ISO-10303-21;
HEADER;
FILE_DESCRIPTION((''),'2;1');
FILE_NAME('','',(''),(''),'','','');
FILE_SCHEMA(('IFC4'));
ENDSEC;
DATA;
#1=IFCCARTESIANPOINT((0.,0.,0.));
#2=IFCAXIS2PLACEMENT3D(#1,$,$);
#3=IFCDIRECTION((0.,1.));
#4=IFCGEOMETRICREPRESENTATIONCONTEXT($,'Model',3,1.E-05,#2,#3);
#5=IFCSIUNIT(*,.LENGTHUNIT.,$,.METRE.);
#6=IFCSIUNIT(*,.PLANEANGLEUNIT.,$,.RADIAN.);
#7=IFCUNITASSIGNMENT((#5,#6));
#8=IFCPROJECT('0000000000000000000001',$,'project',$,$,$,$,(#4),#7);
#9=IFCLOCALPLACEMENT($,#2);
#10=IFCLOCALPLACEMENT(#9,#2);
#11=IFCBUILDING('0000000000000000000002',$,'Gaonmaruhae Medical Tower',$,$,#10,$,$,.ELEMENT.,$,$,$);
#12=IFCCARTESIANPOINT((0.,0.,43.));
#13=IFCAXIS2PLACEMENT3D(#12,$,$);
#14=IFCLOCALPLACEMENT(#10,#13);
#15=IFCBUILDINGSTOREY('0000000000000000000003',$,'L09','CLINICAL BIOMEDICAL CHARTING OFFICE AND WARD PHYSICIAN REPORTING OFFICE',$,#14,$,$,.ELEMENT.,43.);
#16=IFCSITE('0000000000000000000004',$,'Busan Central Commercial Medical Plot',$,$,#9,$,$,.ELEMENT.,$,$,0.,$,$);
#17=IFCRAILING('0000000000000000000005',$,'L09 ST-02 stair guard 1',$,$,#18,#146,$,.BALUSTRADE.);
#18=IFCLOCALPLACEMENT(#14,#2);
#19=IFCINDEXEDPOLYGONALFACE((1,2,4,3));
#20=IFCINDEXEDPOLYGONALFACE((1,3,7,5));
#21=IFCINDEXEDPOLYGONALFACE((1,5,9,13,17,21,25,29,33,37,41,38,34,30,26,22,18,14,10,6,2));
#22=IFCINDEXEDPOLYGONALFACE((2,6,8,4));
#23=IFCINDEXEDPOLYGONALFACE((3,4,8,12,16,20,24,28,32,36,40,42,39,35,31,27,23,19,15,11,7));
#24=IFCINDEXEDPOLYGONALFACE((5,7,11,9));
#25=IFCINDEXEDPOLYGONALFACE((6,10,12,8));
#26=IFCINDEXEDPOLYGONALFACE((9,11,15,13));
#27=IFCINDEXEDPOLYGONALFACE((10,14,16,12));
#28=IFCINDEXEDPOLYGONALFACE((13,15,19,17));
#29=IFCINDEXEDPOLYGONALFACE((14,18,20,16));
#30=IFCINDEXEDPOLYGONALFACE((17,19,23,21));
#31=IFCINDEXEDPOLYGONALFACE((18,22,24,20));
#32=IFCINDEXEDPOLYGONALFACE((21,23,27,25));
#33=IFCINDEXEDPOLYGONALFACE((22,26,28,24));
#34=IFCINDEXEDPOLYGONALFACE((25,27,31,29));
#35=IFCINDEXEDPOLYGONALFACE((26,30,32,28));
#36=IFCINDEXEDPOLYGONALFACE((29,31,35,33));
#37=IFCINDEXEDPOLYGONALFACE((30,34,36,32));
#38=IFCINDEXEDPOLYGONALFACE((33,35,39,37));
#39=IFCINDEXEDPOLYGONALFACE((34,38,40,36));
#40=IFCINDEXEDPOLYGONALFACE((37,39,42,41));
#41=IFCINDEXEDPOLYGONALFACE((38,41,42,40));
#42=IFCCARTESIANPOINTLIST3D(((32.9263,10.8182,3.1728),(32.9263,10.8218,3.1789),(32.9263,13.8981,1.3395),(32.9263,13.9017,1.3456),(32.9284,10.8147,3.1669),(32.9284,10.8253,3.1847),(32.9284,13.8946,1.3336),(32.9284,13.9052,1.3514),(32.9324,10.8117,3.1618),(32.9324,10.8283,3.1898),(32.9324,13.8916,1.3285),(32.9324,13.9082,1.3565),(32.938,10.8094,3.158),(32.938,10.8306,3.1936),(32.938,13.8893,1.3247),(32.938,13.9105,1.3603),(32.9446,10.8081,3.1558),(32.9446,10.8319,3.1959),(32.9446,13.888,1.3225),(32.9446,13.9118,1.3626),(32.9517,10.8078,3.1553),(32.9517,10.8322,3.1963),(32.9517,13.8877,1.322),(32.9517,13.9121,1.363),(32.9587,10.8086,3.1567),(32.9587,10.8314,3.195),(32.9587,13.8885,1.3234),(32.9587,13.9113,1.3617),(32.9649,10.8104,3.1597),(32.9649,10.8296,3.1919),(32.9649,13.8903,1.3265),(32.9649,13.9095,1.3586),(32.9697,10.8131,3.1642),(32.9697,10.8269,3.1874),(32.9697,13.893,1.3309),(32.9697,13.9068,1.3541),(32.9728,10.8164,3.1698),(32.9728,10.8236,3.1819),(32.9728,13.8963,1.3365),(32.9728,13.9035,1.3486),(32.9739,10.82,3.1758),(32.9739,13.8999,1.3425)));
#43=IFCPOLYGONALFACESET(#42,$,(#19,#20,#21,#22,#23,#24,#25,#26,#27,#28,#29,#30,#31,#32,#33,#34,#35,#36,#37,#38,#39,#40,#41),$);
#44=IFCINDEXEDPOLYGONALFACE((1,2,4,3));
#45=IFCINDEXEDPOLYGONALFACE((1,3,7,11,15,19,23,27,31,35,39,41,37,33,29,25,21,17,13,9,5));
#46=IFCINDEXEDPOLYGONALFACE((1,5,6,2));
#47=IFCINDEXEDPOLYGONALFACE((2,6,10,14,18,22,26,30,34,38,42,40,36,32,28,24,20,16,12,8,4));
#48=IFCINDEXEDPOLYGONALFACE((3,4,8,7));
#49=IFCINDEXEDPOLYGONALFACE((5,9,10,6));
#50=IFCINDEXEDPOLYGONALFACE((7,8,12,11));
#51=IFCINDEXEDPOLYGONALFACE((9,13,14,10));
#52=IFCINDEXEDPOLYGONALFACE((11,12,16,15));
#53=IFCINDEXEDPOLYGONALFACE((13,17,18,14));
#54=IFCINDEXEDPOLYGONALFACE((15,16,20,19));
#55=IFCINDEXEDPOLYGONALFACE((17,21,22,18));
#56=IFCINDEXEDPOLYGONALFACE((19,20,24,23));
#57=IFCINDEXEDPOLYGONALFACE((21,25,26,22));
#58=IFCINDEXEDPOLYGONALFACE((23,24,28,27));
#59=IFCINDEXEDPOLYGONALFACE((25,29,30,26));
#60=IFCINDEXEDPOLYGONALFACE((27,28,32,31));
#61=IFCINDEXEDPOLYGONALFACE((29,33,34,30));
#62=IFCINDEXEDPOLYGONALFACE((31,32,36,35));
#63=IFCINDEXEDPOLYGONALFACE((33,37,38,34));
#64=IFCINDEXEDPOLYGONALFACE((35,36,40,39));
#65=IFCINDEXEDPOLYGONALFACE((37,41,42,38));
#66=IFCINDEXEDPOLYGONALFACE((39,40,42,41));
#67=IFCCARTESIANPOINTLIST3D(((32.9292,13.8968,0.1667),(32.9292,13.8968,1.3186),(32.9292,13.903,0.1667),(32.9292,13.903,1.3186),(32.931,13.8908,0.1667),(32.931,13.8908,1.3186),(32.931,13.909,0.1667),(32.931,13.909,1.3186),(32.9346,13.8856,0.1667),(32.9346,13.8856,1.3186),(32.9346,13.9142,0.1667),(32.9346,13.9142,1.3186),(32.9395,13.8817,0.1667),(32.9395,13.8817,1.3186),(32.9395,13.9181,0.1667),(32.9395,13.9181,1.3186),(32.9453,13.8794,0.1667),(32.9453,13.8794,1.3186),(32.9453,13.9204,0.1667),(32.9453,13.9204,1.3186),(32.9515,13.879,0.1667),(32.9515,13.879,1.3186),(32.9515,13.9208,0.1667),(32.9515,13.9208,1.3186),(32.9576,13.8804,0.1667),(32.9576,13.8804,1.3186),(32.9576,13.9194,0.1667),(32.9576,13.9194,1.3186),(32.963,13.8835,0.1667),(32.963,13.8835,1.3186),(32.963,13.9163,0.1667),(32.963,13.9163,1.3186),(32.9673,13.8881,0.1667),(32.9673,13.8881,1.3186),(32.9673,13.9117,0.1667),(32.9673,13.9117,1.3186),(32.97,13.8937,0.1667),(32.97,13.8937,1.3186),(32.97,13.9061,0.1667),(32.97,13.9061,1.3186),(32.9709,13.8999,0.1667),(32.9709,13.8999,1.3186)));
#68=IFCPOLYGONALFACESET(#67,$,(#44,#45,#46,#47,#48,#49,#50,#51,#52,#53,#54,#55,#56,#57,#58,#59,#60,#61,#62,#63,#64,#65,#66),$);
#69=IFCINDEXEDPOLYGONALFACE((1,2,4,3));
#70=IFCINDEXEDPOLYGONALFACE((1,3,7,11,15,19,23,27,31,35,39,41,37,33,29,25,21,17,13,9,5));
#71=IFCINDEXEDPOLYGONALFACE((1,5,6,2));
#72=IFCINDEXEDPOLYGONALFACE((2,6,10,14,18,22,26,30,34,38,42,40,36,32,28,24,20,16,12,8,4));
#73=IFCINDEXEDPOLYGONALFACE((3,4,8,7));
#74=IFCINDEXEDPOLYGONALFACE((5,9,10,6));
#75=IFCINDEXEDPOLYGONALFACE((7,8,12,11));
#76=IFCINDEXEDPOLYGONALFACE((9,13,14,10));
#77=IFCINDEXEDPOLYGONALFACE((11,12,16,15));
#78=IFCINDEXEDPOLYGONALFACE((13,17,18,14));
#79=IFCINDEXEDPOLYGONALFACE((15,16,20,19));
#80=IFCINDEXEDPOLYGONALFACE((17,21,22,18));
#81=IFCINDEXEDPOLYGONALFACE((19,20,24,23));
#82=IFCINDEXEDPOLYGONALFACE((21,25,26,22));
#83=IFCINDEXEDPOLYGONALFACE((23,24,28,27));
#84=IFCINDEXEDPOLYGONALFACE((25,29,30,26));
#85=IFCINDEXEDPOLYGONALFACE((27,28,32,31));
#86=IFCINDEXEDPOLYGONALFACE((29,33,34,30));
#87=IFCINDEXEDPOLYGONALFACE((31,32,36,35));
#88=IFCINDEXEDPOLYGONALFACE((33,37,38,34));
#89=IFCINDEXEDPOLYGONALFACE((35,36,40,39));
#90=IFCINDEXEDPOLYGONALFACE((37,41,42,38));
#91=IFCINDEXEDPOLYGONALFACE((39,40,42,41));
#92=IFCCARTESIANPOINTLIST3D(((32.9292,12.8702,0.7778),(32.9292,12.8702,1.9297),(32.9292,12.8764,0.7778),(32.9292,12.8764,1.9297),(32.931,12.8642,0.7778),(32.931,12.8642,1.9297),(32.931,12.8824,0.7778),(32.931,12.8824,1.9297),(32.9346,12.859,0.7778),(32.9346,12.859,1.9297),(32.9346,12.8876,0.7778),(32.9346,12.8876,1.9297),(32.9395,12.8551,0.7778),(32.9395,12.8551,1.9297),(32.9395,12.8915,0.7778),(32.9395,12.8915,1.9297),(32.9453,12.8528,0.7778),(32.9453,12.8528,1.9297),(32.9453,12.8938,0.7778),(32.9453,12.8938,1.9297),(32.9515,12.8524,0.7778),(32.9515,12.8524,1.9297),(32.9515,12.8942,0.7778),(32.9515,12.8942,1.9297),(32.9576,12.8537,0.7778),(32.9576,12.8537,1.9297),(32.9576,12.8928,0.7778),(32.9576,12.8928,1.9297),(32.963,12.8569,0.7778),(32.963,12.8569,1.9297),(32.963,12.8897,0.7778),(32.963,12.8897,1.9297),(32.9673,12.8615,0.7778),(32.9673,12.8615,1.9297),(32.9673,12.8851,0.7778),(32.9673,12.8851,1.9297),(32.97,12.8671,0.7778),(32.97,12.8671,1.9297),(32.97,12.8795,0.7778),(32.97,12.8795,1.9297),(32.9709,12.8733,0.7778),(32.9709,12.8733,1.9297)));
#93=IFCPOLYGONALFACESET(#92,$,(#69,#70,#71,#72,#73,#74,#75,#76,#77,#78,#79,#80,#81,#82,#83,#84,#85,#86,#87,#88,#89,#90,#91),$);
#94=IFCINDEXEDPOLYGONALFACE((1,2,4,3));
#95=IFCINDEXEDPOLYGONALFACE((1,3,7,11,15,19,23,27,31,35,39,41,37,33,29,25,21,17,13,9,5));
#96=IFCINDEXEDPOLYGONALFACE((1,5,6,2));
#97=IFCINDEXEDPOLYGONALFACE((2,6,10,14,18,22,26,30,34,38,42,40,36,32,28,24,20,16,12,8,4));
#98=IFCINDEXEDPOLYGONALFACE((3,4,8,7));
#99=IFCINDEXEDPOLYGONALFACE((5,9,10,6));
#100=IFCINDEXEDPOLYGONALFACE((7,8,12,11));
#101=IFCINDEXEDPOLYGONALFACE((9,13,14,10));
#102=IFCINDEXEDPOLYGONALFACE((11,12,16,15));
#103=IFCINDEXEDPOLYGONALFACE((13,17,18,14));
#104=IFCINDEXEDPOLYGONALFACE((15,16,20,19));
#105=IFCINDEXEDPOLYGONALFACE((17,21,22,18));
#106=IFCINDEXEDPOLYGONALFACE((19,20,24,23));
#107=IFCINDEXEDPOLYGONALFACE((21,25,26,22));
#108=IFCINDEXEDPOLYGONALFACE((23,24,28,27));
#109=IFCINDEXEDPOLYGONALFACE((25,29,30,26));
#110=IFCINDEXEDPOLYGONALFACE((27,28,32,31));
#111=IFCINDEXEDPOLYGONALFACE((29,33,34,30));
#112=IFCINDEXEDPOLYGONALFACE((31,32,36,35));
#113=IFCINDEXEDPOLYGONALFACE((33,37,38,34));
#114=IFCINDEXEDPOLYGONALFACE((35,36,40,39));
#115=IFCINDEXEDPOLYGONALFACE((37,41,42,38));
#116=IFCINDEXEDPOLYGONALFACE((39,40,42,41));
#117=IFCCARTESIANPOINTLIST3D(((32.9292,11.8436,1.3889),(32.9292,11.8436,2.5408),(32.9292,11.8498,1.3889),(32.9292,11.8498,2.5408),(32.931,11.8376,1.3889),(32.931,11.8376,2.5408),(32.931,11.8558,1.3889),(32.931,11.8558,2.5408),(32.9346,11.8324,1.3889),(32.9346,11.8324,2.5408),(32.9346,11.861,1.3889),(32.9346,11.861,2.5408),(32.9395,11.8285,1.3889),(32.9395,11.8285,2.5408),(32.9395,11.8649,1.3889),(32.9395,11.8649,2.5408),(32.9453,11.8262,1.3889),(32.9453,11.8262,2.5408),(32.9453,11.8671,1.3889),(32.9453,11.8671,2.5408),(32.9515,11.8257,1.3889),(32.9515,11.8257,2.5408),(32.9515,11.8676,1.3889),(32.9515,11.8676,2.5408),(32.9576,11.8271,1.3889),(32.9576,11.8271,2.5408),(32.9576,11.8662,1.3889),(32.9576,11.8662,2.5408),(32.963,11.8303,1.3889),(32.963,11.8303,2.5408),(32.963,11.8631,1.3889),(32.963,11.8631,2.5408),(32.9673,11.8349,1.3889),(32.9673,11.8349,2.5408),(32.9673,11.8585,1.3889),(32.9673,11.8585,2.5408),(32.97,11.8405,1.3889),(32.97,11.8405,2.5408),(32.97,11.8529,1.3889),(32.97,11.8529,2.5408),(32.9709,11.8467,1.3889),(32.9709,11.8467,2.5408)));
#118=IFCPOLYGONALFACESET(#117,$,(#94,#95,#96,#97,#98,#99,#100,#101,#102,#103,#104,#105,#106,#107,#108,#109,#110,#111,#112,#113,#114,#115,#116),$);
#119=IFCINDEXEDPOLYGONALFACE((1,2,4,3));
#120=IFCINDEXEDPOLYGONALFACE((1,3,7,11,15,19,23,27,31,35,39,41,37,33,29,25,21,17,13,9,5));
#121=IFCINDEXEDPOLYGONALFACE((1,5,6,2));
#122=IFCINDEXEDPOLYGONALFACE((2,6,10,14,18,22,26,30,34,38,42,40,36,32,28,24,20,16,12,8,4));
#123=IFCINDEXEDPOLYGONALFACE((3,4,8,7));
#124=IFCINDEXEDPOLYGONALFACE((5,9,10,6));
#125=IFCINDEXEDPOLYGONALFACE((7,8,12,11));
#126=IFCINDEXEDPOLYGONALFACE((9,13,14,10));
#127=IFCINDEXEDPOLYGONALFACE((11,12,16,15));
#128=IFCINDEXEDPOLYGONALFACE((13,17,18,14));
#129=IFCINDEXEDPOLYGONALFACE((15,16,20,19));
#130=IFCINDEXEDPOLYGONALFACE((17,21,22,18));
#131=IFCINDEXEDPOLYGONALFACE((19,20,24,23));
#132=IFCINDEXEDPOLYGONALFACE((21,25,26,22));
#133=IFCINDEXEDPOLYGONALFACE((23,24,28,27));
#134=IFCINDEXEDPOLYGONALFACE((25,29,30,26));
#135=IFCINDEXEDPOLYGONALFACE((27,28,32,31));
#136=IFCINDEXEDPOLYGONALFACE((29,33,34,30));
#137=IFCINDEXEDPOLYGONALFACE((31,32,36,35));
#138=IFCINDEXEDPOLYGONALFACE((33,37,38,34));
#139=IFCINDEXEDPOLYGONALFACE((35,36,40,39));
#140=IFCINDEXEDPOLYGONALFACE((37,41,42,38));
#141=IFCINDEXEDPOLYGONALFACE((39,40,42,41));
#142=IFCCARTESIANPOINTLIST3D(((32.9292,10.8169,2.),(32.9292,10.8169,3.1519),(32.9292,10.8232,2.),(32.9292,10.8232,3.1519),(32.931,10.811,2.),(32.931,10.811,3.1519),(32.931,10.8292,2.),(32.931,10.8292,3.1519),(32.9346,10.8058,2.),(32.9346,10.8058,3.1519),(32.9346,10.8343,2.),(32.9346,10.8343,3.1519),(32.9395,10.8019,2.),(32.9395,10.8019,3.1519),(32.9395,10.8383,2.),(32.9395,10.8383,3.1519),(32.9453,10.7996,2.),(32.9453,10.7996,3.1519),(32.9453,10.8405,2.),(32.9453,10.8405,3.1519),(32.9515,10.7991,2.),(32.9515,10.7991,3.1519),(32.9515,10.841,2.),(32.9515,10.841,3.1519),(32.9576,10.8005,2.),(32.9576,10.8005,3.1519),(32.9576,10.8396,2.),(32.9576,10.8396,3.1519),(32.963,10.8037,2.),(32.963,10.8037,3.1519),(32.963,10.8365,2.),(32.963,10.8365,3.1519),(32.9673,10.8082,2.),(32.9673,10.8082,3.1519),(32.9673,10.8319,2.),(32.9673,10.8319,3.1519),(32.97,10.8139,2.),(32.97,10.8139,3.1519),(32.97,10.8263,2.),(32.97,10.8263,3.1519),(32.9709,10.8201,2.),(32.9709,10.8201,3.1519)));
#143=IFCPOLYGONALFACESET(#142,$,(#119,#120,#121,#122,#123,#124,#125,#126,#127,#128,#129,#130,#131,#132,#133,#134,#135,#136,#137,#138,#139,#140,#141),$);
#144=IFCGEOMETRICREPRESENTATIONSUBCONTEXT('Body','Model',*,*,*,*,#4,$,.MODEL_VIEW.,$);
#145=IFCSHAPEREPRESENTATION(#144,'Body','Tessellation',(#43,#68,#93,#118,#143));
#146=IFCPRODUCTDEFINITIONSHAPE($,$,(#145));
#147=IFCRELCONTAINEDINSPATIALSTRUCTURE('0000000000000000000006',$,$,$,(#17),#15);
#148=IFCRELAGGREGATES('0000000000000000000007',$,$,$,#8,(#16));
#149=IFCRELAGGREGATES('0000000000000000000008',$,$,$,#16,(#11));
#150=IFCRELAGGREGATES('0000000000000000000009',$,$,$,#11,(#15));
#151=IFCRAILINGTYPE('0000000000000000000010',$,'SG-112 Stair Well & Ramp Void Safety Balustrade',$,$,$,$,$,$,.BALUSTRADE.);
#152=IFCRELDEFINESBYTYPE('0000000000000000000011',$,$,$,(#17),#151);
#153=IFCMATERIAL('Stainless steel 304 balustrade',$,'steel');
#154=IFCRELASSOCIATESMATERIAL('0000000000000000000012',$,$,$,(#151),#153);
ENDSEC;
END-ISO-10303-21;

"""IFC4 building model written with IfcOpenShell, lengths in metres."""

from ifc_helpers import new_model, si_unit, direction, frame, origin, origin_2d, place, context, subcontext, project, spatial, circle, extrude, material, type_object, element, save


model = new_model("IFC4")

# Units and contexts
model_context = context("Model", 3, precision=1e-05, world=origin(), true_north=direction((0.0, 1.0)))
body_context = subcontext(model_context, "Body", "Model", "MODEL_VIEW")
ifc_project = project(units=[si_unit("LENGTHUNIT", "METRE"), si_unit("PLANEANGLEUNIT", "RADIAN")], contexts=[model_context])

# Site, building, storey
site_placement = place(None, origin())
site = spatial("IfcSite", under=ifc_project, at=site_placement, Name="Busan Central Commercial Medical Plot", CompositionType="ELEMENT", RefElevation=0.0)
building_placement = place(site_placement, origin())
building = spatial("IfcBuilding", under=site, at=building_placement, Name="Gaonmaruhae Medical Tower", CompositionType="ELEMENT")
storey_placement = place(building_placement, frame((0.0, 0.0, 43.0)))
storey = spatial("IfcBuildingStorey", under=building, at=storey_placement, Name="L09", Description="CLINICAL BIOMEDICAL CHARTING OFFICE AND WARD PHYSICIAN REPORTING OFFICE", CompositionType="ELEMENT", Elevation=43.0)

# Railing
ifc_material_1 = material(Name="Stainless steel 304 balustrade", Category="steel")
railing_type_1 = type_object("IfcRailingType", Name="SG-112 Stair Well & Ramp Void Safety Balustrade", PredefinedType="BALUSTRADE", material=ifc_material_1)
railing_1_placement = place(storey_placement, frame((32.95, 13.8999, 0.1667)))
element("IfcRailing", 1, at=railing_1_placement, inside=storey, type_object=railing_type_1, Name="L09 ST-02 stair guard 1", PredefinedType="BALUSTRADE", context=body_context, shape_type="SweptSolid", body=[
    extrude(circle(Radius=0.0239, at=origin_2d()), frame((0.0, 0.0, 1.1758), z_axis=(0.0, -0.859291, 0.511487), x_axis=(1.0, 0.0, 0.0)), (0.0, 0.0, 1.0), 3.5842),
    extrude(circle(Radius=0.021, at=origin_2d()), origin(), (0.0, 0.0, 1.0), 1.1519),
    extrude(circle(Radius=0.021, at=origin_2d()), frame((0.0, -1.0266, 0.6111)), (0.0, 0.0, 1.0), 1.1519),
    extrude(circle(Radius=0.021, at=origin_2d()), frame((0.0, -2.0532, 1.2222)), (0.0, 0.0, 1.0), 1.1519),
    extrude(circle(Radius=0.021, at=origin_2d()), frame((0.0, -3.0798, 1.8333)), (0.0, 0.0, 1.0), 1.1519),
])

save(model, "model.ifc")
